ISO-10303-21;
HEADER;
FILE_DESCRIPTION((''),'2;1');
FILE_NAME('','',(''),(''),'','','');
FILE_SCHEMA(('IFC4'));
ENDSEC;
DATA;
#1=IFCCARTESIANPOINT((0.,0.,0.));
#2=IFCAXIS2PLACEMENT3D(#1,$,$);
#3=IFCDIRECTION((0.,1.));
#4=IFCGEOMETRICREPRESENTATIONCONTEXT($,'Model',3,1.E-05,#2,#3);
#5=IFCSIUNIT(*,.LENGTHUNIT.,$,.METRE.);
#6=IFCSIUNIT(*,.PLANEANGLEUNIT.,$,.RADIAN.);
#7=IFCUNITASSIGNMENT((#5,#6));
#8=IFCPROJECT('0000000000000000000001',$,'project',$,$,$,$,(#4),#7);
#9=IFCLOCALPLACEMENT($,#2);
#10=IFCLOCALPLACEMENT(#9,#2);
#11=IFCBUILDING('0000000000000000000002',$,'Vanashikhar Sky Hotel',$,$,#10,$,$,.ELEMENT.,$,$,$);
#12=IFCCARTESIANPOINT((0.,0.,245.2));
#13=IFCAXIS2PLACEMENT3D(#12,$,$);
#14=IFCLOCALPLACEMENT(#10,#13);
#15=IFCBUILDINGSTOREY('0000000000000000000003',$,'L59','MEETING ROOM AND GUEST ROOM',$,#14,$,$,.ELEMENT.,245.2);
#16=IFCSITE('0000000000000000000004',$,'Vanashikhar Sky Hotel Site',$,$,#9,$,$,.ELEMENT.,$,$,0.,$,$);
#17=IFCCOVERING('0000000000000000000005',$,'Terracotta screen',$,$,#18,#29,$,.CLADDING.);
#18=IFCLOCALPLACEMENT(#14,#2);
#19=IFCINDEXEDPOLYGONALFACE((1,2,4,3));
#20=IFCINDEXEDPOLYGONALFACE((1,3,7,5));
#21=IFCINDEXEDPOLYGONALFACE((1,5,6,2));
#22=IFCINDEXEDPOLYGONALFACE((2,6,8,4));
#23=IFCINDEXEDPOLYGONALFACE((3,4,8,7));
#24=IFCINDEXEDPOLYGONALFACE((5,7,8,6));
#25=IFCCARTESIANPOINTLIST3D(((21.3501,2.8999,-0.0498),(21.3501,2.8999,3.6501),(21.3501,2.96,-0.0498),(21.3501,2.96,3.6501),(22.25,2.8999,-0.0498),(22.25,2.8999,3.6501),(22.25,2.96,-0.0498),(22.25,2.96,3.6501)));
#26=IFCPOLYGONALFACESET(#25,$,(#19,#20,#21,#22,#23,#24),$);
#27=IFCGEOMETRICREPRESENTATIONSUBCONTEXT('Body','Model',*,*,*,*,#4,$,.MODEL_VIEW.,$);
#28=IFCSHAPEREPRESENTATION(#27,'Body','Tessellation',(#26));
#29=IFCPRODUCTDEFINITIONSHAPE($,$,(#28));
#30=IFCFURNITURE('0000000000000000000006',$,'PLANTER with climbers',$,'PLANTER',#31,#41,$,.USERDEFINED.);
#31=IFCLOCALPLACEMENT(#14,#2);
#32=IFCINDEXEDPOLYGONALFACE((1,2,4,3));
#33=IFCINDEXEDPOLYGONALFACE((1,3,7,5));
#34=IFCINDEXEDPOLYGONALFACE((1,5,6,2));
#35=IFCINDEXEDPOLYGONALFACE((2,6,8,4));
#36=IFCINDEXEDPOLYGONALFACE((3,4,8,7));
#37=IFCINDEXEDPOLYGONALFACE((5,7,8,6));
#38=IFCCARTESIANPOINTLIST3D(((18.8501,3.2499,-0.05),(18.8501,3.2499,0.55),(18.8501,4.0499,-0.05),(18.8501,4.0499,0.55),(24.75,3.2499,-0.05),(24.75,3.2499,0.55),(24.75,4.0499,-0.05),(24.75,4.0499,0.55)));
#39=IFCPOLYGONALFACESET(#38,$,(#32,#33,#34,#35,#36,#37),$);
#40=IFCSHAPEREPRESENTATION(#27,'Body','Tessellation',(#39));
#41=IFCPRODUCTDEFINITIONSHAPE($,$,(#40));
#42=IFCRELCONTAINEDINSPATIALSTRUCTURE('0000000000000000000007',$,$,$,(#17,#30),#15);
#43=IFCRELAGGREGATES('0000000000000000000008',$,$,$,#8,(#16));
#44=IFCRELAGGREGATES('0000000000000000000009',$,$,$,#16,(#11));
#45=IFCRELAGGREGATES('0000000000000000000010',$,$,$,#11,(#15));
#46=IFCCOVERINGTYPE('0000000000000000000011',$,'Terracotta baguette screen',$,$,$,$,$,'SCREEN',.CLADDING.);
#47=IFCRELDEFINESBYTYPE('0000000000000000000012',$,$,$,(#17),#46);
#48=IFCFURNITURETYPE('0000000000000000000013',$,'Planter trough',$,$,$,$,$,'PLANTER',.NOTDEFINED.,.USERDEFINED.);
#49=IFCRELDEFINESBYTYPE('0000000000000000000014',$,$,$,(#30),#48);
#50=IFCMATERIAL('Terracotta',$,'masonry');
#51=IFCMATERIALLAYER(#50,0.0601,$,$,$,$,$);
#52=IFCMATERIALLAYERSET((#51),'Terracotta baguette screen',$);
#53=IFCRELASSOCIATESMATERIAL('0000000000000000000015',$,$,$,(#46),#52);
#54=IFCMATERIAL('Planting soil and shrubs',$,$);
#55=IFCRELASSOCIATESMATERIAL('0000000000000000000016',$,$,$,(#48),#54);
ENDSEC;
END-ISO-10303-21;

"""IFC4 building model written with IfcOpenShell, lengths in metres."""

from ifc_helpers import new_model, si_unit, direction, frame, origin, origin_2d, place, context, subcontext, project, spatial, rectangle, extrude, source, transform, mapped, material, layer, layer_set, type_object, element, save


model = new_model("IFC4")

# Units and contexts
model_context = context("Model", 3, precision=1e-05, world=origin(), true_north=direction((0.0, 1.0)))
body_context = subcontext(model_context, "Body", "Model", "MODEL_VIEW")
ifc_project = project(units=[si_unit("LENGTHUNIT", "METRE"), si_unit("PLANEANGLEUNIT", "RADIAN")], contexts=[model_context])

# Site, building, storey
site_placement = place(None, origin())
site = spatial("IfcSite", under=ifc_project, at=site_placement, Name="Vanashikhar Sky Hotel Site", CompositionType="ELEMENT", RefElevation=0.0)
building_placement = place(site_placement, origin())
building = spatial("IfcBuilding", under=site, at=building_placement, Name="Vanashikhar Sky Hotel", CompositionType="ELEMENT")
storey_placement = place(building_placement, frame((0.0, 0.0, 245.2)))
storey = spatial("IfcBuildingStorey", under=building, at=storey_placement, Name="L59", Description="MEETING ROOM AND GUEST ROOM", CompositionType="ELEMENT", Elevation=245.2)

# Covering
ifc_material_1 = material(Name="Terracotta", Category="masonry")
ifc_layer_1 = layer(ifc_material_1, 0.0601)
ifc_layer_set_1 = layer_set([ifc_layer_1], Name="Terracotta baguette screen")
covering_type = type_object("IfcCoveringType", Name="Terracotta baguette screen", ElementType="SCREEN", PredefinedType="CLADDING", material=ifc_layer_set_1)
shared_shape_1 = source(origin(), body_context, "Body", "SweptSolid", [
    extrude(rectangle(XDim=0.8999, YDim=0.0601, at=origin_2d()), origin(), (0.0, 0.0, 1.0), 3.7),
])
for number, where, z_axis, x_axis, name in (
    (1, (21.8, 2.9299, -0.0498), (0.0, 0.0, 1.0), (1.0, 0.0, 0.0), "Terracotta screen"),
):
    element("IfcCovering", number, at=place(storey_placement, frame(where, z_axis=z_axis, x_axis=x_axis)), inside=storey, type_object=covering_type, Name=name, PredefinedType="CLADDING", context=body_context, shape_type="MappedRepresentation", body=[
        mapped(shared_shape_1, transform((0.0, 0.0, 0.0), scale=1.0)),
    ])

# Furniture
ifc_material_2 = material(Name="Planting soil and shrubs")
furniture_type = type_object("IfcFurnitureType", Name="Planter trough", ElementType="PLANTER", AssemblyPlace="NOTDEFINED", PredefinedType="USERDEFINED", material=ifc_material_2)
shared_shape_2 = source(origin(), body_context, "Body", "SweptSolid", [
    extrude(rectangle(XDim=5.8999, YDim=0.8, at=origin_2d()), origin(), (0.0, 0.0, 1.0), 0.6001),
])
furniture_placement = place(storey_placement, frame((21.8, 3.6499, -0.05), z_axis=(0.0, 0.0, 1.0), x_axis=(1.0, 0.0, 0.0)))
element("IfcFurniture", 2, at=furniture_placement, inside=storey, type_object=furniture_type, Name="PLANTER with climbers", ObjectType="PLANTER", PredefinedType="USERDEFINED", context=body_context, shape_type="MappedRepresentation", body=[
    mapped(shared_shape_2, transform((0.0, 0.0, 0.0), scale=1.0)),
])

save(model, "model.ifc")
